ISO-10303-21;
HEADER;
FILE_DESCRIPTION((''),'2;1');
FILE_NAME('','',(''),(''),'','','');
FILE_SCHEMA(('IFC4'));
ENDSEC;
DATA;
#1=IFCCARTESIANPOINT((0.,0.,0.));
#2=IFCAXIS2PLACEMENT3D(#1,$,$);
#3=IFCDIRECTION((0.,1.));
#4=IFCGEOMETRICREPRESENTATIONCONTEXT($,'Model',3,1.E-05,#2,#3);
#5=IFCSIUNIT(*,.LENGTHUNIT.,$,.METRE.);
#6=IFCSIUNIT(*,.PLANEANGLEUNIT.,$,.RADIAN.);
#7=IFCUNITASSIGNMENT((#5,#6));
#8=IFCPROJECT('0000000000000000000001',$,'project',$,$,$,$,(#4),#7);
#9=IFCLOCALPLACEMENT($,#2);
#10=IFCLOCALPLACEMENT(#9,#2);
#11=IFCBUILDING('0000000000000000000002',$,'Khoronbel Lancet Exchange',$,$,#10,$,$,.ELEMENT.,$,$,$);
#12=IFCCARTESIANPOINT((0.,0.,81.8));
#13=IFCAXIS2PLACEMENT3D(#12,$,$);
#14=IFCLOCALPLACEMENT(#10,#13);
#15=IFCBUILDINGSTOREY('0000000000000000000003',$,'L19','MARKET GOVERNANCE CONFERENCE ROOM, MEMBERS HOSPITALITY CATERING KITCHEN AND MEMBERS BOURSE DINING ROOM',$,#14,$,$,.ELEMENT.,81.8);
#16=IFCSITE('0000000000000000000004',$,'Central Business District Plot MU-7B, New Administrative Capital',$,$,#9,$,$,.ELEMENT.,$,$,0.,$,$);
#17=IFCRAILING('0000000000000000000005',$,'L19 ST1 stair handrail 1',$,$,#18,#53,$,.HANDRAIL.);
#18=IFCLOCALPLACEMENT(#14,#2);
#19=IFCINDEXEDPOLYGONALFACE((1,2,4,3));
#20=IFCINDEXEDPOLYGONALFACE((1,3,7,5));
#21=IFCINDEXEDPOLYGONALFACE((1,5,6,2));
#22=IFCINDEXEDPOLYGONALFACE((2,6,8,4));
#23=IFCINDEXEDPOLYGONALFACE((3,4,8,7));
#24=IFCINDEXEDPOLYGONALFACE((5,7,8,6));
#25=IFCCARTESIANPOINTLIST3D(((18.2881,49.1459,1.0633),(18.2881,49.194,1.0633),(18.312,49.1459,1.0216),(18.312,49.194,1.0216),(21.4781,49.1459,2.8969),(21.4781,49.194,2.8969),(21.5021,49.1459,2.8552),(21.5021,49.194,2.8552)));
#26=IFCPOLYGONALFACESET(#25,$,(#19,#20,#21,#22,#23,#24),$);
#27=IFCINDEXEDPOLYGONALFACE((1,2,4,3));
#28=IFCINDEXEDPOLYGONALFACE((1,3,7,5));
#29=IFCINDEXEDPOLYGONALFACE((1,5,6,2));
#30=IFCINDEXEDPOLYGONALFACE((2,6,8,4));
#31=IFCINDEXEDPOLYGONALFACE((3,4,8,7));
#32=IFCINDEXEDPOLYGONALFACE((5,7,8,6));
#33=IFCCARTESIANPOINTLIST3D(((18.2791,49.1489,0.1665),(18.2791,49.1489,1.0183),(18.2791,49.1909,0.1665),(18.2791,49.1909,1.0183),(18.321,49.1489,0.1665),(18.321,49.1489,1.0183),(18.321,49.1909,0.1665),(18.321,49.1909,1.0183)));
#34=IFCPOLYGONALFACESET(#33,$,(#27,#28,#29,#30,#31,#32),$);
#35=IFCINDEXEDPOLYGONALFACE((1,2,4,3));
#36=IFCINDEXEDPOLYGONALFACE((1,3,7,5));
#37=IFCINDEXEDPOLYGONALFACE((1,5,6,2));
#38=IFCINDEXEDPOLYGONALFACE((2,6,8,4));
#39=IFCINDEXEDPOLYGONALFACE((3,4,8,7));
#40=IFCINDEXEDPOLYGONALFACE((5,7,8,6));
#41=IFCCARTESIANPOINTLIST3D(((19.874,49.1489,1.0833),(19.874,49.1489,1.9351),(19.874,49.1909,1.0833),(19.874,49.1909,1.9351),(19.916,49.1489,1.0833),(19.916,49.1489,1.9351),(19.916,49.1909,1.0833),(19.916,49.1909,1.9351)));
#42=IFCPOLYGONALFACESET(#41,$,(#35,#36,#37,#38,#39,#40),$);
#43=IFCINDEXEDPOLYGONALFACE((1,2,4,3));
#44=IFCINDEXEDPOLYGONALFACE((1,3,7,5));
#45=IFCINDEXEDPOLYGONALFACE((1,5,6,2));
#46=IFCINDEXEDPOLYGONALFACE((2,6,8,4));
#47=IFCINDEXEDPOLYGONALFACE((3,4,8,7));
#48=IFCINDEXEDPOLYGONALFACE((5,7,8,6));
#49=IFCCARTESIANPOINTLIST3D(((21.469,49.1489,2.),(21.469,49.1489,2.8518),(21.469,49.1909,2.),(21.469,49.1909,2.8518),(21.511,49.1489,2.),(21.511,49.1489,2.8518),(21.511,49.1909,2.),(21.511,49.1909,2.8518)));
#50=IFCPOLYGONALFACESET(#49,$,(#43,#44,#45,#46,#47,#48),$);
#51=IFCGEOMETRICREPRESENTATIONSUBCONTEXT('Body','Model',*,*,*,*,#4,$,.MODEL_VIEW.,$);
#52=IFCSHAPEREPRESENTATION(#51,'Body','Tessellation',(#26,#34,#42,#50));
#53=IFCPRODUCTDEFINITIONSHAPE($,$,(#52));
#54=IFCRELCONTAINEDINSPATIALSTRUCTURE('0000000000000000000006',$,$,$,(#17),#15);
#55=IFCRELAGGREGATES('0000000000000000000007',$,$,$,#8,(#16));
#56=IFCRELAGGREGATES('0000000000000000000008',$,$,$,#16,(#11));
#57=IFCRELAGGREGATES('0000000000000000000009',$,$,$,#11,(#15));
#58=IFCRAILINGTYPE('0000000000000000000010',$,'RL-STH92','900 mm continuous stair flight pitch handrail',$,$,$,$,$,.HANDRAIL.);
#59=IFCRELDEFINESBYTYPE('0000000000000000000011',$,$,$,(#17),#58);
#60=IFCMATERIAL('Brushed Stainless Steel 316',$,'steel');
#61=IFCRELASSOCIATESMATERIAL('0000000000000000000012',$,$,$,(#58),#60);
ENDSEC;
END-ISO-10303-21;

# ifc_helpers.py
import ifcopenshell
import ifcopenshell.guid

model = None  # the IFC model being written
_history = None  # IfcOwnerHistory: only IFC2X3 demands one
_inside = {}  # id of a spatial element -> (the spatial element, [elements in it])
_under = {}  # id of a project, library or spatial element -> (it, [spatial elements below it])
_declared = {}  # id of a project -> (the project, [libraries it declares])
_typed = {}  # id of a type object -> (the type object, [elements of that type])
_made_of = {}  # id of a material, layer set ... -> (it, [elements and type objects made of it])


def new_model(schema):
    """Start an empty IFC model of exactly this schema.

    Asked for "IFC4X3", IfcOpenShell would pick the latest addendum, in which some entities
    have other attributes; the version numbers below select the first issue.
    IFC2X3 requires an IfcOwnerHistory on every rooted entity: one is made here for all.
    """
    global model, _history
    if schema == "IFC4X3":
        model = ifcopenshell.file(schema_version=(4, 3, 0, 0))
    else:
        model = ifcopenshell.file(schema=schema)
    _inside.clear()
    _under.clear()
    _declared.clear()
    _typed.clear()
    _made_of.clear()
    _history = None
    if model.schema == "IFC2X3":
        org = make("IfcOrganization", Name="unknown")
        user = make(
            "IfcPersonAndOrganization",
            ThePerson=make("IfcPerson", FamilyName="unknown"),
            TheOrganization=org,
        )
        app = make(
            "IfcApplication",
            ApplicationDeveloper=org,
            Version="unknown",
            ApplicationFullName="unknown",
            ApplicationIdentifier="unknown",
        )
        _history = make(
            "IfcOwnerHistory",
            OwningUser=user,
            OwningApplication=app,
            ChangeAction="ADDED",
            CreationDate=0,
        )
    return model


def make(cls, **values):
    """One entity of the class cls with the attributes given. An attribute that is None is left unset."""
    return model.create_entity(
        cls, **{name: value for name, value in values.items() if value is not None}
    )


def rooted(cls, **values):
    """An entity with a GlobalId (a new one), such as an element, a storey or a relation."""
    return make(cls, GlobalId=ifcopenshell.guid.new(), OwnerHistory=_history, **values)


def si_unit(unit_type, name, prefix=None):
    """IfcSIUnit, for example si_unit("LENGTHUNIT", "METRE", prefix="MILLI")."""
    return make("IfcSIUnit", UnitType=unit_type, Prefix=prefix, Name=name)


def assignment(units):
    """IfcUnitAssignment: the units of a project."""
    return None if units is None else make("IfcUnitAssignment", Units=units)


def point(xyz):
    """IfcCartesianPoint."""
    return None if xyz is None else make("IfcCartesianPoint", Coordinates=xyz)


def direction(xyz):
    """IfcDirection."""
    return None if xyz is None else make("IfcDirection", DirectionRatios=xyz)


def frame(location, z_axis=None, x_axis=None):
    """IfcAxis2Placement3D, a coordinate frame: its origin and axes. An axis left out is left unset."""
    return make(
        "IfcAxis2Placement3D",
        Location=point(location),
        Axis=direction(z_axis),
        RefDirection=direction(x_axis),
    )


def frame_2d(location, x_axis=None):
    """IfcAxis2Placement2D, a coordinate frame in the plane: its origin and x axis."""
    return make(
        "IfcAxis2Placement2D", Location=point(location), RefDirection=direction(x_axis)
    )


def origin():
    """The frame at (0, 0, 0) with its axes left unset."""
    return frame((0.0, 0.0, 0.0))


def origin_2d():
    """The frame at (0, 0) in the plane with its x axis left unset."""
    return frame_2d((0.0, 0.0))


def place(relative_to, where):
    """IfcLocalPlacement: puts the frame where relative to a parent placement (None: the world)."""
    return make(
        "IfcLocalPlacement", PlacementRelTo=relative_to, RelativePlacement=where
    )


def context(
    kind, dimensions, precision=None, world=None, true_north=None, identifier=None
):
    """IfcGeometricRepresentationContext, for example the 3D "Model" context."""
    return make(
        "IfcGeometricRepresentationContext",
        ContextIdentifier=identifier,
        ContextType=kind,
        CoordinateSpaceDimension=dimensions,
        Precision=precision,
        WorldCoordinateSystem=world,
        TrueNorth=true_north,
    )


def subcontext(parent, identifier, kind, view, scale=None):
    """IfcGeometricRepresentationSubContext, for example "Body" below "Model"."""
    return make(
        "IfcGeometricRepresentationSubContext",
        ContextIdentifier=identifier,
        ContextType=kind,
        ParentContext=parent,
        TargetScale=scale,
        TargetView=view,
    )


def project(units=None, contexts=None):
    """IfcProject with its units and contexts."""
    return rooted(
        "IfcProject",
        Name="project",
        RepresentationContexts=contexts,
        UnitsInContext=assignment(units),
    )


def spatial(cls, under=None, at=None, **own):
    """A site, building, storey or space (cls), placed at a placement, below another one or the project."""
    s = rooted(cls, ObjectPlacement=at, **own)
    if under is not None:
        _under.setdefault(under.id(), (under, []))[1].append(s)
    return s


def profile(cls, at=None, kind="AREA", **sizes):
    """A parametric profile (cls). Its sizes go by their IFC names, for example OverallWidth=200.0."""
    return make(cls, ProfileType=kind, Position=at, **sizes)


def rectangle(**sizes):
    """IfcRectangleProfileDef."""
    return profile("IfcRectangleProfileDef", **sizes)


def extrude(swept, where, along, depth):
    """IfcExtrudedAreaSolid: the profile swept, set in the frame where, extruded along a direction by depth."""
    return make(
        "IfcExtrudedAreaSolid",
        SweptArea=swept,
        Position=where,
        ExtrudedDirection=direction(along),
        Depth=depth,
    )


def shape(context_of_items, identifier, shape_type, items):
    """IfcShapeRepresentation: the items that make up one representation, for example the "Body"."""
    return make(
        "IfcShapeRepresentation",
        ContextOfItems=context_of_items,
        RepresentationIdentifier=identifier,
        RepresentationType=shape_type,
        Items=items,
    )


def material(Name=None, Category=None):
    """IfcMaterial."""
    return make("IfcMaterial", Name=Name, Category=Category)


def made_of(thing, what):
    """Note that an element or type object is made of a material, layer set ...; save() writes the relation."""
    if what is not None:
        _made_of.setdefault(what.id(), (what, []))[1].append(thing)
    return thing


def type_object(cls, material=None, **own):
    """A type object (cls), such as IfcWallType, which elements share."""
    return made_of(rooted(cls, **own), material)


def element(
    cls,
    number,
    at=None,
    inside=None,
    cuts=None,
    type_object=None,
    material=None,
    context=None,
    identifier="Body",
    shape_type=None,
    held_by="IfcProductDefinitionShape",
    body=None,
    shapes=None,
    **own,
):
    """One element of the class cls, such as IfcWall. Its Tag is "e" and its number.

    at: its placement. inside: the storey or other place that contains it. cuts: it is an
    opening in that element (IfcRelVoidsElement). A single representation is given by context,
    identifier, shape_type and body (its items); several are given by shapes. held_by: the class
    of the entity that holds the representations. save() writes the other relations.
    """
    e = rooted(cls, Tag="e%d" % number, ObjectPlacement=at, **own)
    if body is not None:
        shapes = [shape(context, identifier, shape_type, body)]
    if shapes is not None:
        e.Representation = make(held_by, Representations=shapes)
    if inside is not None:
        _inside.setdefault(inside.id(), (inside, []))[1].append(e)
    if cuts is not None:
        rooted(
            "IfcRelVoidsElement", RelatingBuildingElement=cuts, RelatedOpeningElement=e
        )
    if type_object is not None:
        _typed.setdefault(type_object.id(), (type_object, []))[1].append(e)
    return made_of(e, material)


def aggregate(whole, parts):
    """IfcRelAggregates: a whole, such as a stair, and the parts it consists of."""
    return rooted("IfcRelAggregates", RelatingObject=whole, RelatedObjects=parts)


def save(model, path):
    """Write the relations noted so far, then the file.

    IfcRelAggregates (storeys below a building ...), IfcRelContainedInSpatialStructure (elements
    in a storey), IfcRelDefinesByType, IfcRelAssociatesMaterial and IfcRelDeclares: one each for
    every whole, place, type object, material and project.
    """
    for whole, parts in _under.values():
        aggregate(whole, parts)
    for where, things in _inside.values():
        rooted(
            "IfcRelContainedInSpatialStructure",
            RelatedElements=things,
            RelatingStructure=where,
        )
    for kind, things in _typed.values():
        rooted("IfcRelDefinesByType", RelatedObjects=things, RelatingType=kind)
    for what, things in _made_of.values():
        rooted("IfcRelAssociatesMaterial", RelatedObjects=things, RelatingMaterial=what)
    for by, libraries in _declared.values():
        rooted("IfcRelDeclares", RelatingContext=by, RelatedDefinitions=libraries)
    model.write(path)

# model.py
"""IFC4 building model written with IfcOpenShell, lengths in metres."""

from ifc_helpers import new_model, si_unit, direction, frame, origin, origin_2d, place, context, subcontext, project, spatial, rectangle, extrude, material, type_object, element, save


model = new_model("IFC4")

# Units and contexts
model_context = context("Model", 3, precision=1e-05, world=origin(), true_north=direction((0.0, 1.0)))
body_context = subcontext(model_context, "Body", "Model", "MODEL_VIEW")
ifc_project = project(units=[si_unit("LENGTHUNIT", "METRE"), si_unit("PLANEANGLEUNIT", "RADIAN")], contexts=[model_context])

# Site, building, storey
site_placement = place(None, origin())
site = spatial("IfcSite", under=ifc_project, at=site_placement, Name="Central Business District Plot MU-7B, New Administrative Capital", CompositionType="ELEMENT", RefElevation=0.0)
building_placement = place(site_placement, origin())
building = spatial("IfcBuilding", under=site, at=building_placement, Name="Khoronbel Lancet Exchange", CompositionType="ELEMENT")
storey_placement = place(building_placement, frame((0.0, 0.0, 81.8)))
storey = spatial("IfcBuildingStorey", under=building, at=storey_placement, Name="L19", Description="MARKET GOVERNANCE CONFERENCE ROOM, MEMBERS HOSPITALITY CATERING KITCHEN AND MEMBERS BOURSE DINING ROOM", CompositionType="ELEMENT", Elevation=81.8)

# Railing
ifc_material_1 = material(Name="Brushed Stainless Steel 316", Category="steel")
railing_type_1 = type_object("IfcRailingType", Name="RL-STH92", Description="900 mm continuous stair flight pitch handrail", PredefinedType="HANDRAIL", material=ifc_material_1)
railing_1_placement = place(storey_placement, frame((18.3, 49.1699, 0.1665)))
element("IfcRailing", 1, at=railing_1_placement, inside=storey, type_object=railing_type_1, Name="L19 ST1 stair handrail 1", PredefinedType="HANDRAIL", context=body_context, shape_type="SweptSolid", body=[
    extrude(rectangle(XDim=0.0481, YDim=0.0481, at=origin_2d()), frame((0.0, 0.0, 0.876), z_axis=(0.866991, 0.0, 0.498324), x_axis=(0.0, 1.0, 0.0)), (0.0, 0.0, 1.0), 3.6794),
    extrude(rectangle(XDim=0.042, YDim=0.042, at=origin_2d()), origin(), (0.0, 0.0, 1.0), 0.8518),
    extrude(rectangle(XDim=0.042, YDim=0.042, at=origin_2d()), frame((1.595, 0.0, 0.9167)), (0.0, 0.0, 1.0), 0.8518),
    extrude(rectangle(XDim=0.042, YDim=0.042, at=origin_2d()), frame((3.1899, 0.0, 1.8335)), (0.0, 0.0, 1.0), 0.8518),
])

save(model, "model.ifc")
